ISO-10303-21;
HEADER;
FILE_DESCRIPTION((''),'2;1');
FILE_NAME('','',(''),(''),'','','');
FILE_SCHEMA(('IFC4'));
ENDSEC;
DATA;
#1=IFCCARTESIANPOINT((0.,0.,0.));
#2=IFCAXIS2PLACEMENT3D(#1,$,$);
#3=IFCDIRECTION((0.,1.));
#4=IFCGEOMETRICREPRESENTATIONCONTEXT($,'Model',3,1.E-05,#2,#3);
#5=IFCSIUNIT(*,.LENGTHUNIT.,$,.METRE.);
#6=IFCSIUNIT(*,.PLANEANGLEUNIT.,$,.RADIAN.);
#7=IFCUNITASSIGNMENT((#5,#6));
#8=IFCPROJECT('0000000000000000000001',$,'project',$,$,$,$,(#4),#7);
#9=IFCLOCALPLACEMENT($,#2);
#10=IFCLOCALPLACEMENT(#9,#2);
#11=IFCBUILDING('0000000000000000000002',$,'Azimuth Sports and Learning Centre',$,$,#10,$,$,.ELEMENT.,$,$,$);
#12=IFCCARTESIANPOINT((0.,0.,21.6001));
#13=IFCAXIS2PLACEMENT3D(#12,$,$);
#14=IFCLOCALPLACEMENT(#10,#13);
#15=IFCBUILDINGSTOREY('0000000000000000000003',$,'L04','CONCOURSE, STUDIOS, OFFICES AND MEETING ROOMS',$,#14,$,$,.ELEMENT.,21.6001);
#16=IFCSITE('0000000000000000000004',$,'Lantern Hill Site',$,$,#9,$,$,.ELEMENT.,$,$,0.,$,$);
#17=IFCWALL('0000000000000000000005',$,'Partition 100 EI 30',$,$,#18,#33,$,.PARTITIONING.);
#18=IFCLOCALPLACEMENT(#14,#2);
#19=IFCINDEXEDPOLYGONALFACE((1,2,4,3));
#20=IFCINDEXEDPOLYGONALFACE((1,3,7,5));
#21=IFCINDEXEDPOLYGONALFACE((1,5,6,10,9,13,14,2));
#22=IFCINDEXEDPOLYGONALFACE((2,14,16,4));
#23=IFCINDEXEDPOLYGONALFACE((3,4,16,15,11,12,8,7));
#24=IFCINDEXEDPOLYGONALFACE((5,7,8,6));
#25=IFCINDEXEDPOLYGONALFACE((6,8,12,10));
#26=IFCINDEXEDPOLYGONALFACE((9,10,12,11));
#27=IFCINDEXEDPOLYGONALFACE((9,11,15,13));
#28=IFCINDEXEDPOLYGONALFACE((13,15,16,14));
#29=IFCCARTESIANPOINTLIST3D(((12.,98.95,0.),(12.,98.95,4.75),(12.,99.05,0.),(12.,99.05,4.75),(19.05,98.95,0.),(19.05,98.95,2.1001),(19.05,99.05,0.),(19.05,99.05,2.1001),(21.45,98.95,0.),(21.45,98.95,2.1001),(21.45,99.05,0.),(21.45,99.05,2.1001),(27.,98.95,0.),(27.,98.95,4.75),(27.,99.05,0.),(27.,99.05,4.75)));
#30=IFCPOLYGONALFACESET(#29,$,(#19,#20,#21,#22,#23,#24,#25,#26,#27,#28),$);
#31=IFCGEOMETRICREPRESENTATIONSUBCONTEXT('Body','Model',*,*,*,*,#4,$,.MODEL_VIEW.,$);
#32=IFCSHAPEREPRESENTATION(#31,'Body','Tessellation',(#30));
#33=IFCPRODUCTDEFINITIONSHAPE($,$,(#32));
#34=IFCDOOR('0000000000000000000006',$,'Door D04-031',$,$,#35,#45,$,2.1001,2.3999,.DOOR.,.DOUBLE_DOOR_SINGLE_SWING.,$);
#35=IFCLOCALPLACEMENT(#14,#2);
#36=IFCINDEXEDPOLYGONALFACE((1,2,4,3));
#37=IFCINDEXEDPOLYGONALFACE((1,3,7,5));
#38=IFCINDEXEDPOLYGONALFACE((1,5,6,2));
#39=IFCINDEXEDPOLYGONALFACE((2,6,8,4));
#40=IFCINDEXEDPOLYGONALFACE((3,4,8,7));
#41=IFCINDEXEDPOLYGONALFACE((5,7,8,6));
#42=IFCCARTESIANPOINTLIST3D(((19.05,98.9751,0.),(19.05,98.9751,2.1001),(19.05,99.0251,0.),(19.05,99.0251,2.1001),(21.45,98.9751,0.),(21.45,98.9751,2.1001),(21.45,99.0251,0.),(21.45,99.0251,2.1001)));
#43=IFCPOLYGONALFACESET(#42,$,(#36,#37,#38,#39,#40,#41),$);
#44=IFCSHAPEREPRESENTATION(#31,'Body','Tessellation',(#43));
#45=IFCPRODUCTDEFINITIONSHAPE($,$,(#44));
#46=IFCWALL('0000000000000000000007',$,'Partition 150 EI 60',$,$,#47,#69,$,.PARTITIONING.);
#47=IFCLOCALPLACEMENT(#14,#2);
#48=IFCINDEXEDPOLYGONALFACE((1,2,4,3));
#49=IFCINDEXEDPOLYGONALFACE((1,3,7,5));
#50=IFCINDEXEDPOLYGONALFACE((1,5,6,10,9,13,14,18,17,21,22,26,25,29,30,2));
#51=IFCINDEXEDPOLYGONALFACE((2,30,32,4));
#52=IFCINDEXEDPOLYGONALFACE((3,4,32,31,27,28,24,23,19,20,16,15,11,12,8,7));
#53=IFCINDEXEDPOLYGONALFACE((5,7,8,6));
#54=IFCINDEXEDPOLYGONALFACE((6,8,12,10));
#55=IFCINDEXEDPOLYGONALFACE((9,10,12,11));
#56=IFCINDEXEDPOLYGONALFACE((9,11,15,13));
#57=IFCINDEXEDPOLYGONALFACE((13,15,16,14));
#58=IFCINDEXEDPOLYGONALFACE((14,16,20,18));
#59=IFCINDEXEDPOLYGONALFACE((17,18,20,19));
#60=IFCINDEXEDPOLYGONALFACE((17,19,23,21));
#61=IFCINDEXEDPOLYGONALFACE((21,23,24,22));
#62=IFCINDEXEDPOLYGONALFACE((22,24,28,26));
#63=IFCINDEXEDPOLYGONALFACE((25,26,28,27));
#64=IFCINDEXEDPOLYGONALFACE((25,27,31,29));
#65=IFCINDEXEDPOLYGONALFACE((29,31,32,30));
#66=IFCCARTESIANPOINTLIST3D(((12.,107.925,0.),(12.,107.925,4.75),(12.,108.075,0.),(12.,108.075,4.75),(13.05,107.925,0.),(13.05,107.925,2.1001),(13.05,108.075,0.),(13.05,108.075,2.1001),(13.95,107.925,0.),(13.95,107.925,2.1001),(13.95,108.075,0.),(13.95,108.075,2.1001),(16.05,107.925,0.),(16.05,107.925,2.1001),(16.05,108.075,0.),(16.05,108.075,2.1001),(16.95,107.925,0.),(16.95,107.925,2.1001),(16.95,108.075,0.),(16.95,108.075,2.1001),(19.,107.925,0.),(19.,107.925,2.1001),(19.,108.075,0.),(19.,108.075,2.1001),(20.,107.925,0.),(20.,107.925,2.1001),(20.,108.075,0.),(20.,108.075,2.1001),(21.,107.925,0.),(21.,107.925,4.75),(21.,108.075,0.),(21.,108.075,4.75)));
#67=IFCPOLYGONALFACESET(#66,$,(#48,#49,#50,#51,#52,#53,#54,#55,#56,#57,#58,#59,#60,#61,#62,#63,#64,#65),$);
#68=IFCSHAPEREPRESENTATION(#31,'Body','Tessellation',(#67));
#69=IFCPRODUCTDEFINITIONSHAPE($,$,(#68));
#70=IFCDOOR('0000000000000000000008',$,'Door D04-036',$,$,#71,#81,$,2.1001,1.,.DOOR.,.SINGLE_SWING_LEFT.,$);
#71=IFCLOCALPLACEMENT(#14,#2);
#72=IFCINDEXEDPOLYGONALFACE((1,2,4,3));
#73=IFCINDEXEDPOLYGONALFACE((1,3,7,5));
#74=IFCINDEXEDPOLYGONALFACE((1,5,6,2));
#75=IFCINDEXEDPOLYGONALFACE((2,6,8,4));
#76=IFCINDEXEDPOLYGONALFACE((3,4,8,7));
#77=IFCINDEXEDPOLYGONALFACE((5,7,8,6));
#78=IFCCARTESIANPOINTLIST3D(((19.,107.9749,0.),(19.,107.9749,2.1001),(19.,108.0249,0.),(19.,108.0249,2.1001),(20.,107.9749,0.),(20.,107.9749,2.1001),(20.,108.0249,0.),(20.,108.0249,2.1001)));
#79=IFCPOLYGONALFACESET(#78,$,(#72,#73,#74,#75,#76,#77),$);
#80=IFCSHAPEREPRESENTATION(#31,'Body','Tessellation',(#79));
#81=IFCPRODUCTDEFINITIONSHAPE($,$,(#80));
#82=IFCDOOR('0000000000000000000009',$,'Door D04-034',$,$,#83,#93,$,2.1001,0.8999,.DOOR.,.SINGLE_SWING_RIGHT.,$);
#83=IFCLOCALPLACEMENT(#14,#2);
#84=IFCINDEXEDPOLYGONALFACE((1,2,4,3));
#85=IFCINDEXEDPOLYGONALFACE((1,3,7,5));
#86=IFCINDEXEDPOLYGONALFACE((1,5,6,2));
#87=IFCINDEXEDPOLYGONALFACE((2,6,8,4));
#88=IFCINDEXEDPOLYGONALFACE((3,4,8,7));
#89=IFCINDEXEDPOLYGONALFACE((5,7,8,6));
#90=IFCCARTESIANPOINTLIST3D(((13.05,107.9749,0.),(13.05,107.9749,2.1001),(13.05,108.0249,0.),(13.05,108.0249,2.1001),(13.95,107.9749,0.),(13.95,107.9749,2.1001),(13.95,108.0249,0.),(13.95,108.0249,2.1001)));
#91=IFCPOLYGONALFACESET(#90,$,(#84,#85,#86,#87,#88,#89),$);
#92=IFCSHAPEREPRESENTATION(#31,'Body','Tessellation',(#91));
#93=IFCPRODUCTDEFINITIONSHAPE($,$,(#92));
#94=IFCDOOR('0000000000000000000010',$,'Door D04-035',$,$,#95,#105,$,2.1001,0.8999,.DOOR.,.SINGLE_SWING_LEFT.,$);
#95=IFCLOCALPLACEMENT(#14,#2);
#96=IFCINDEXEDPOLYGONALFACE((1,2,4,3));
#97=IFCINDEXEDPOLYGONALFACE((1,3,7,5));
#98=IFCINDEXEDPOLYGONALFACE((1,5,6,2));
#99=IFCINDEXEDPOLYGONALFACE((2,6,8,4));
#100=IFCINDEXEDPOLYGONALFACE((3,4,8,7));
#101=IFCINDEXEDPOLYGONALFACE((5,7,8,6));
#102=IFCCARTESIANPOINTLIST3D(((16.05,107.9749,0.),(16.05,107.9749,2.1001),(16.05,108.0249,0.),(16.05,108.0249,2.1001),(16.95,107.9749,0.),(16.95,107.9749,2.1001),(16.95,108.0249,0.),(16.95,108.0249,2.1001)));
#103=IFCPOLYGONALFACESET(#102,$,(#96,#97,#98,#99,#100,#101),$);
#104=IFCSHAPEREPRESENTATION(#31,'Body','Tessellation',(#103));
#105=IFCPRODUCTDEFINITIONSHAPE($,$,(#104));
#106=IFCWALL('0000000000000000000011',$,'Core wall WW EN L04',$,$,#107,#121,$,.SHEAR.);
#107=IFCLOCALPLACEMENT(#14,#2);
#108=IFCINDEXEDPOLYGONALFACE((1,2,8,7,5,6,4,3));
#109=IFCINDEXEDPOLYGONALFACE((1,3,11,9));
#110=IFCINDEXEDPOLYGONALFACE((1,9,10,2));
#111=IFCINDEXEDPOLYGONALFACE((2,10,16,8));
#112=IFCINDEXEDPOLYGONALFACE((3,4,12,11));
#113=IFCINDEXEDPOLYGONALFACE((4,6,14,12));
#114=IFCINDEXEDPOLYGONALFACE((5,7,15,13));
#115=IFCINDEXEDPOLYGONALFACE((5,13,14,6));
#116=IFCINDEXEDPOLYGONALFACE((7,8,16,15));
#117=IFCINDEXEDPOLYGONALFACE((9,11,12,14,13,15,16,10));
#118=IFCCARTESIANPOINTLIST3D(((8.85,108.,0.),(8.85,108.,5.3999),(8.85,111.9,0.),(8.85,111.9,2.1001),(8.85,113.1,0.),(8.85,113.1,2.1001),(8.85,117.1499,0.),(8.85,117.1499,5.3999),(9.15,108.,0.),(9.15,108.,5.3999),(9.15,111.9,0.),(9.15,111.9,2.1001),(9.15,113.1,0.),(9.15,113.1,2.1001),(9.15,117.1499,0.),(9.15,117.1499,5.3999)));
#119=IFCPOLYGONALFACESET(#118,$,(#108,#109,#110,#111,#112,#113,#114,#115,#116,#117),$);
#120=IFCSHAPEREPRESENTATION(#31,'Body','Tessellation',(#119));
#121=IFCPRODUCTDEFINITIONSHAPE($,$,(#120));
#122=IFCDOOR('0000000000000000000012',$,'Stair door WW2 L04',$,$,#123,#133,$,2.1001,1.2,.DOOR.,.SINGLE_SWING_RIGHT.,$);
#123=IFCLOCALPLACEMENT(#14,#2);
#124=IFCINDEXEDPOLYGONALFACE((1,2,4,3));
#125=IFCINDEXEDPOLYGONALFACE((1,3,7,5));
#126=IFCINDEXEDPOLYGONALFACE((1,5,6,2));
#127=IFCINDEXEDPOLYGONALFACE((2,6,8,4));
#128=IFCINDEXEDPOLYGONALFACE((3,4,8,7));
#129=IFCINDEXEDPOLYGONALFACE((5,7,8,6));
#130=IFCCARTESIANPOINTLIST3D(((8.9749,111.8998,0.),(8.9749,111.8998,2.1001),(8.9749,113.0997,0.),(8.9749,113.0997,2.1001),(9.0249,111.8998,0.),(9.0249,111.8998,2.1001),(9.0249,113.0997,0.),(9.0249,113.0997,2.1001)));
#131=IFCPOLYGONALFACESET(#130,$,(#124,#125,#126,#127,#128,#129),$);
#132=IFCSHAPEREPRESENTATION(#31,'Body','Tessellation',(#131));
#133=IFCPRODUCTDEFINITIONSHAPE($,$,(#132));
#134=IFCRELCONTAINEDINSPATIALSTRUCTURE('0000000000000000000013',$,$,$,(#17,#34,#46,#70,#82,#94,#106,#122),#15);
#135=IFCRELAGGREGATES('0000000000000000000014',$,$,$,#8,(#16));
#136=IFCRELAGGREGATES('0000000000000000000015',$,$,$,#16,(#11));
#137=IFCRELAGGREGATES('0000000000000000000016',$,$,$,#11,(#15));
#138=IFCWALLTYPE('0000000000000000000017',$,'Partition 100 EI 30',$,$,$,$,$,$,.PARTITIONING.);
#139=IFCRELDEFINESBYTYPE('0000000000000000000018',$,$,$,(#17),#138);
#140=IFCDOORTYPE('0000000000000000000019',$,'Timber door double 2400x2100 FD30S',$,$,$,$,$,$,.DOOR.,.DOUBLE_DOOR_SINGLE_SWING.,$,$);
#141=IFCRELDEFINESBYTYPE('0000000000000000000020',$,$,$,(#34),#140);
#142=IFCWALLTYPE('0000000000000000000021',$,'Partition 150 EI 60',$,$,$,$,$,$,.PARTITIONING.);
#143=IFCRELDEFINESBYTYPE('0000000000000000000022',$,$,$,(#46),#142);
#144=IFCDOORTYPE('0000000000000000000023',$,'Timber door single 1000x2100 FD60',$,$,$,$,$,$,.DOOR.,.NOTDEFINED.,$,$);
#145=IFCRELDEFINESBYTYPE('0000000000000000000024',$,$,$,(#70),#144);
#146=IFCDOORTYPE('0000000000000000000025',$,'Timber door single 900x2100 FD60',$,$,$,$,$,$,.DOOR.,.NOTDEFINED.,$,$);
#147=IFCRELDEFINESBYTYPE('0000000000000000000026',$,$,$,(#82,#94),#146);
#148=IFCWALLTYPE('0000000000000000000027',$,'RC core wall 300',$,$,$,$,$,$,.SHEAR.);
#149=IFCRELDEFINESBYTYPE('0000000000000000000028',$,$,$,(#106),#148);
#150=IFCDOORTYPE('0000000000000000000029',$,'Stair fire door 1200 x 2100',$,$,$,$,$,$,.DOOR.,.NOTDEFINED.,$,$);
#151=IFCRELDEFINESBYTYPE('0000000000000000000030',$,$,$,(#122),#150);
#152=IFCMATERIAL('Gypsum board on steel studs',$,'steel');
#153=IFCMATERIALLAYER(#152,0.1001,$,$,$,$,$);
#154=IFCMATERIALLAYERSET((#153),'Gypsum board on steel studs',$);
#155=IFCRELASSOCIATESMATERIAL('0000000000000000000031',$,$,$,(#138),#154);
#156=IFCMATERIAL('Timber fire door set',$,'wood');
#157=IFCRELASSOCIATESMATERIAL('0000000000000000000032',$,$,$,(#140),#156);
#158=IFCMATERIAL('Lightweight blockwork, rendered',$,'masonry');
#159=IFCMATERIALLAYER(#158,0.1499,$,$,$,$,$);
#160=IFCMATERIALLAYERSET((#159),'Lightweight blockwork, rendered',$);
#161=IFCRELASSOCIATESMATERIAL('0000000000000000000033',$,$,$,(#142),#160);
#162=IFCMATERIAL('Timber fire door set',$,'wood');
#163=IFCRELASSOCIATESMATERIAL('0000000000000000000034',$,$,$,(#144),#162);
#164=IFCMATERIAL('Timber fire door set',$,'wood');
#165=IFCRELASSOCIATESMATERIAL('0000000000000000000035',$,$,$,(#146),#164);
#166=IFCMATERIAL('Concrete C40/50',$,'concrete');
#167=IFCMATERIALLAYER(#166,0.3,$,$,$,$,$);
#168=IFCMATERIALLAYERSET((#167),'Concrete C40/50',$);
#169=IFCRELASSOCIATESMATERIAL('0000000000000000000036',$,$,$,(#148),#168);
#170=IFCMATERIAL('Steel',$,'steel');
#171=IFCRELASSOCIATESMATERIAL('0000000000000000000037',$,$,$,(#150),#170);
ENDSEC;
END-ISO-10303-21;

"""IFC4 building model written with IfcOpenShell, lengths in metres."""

from ifc_helpers import new_model, si_unit, direction, frame, frame_2d, origin, place, context, subcontext, project, spatial, rectangle, extrude, material, layer, layer_set, type_object, element, fill, save


model = new_model("IFC4")

# Units and contexts
model_context = context("Model", 3, precision=1e-05, world=origin(), true_north=direction((0.0, 1.0)))
body_context = subcontext(model_context, "Body", "Model", "MODEL_VIEW")
ifc_project = project(units=[si_unit("LENGTHUNIT", "METRE"), si_unit("PLANEANGLEUNIT", "RADIAN")], contexts=[model_context])

# Site, building, storey
site_placement = place(None, origin())
site = spatial("IfcSite", under=ifc_project, at=site_placement, Name="Lantern Hill Site", CompositionType="ELEMENT", RefElevation=0.0)
building_placement = place(site_placement, origin())
building = spatial("IfcBuilding", under=site, at=building_placement, Name="Azimuth Sports and Learning Centre", CompositionType="ELEMENT")
storey_placement = place(building_placement, frame((0.0, 0.0, 21.6001)))
storey = spatial("IfcBuildingStorey", under=building, at=storey_placement, Name="L04", Description="CONCOURSE, STUDIOS, OFFICES AND MEETING ROOMS", CompositionType="ELEMENT", Elevation=21.6001)

# Wall, opening, door
ifc_material_1 = material(Name="Gypsum board on steel studs", Category="steel")
ifc_layer_1 = layer(ifc_material_1, 0.1001)
ifc_layer_set_1 = layer_set([ifc_layer_1], Name="Gypsum board on steel studs")
wall_type_1 = type_object("IfcWallType", Name="Partition 100 EI 30", PredefinedType="PARTITIONING", material=ifc_layer_set_1)
wall_1_placement = place(storey_placement, frame((12.0, 99.0, 0.0), z_axis=(0.0, 0.0, 1.0), x_axis=(1.0, 0.0, 0.0)))
wall_1 = element("IfcWall", 1, at=wall_1_placement, inside=storey, type_object=wall_type_1, Name="Partition 100 EI 30", PredefinedType="PARTITIONING", context=body_context, shape_type="SweptSolid", body=[
    extrude(rectangle(XDim=15.0, YDim=0.1001, at=frame_2d((7.5, 0.0))), origin(), (0.0, 0.0, 1.0), 4.75),
])
opening_1_placement = place(wall_1_placement, frame((7.05, 0.0, 0.0)))
opening_1 = element("IfcOpeningElement", 2, at=opening_1_placement, cuts=wall_1, PredefinedType="OPENING", context=body_context, shape_type="SweptSolid", body=[
    extrude(rectangle(XDim=2.3999, YDim=2.1001, at=frame_2d((1.2, 1.05))), frame((0.0, 0.061, 0.0), z_axis=(0.0, -1.0, 0.0), x_axis=(1.0, 0.0, 0.0)), (0.0, 0.0, 1.0), 0.1221),
])
ifc_material_2 = material(Name="Timber fire door set", Category="wood")
door_type_1 = type_object("IfcDoorType", Name="Timber door double 2400x2100 FD30S", OperationType="DOUBLE_DOOR_SINGLE_SWING", PredefinedType="DOOR", material=ifc_material_2)
door_1_placement = place(opening_1_placement, frame((2.3999, 0.0, 0.0), z_axis=(0.0, 0.0, 1.0), x_axis=(-1.0, 0.0, 0.0)))
door_1 = element("IfcDoor", 3, at=door_1_placement, inside=storey, type_object=door_type_1, Name="Door D04-031", OperationType="DOUBLE_DOOR_SINGLE_SWING", OverallHeight=2.1001, OverallWidth=2.3999, PredefinedType="DOOR", context=body_context, shape_type="SweptSolid", body=[
    extrude(rectangle(XDim=2.3999, YDim=2.1001, at=frame_2d((1.2, 1.05))), frame((0.0, 0.0249, 0.0), z_axis=(0.0, -1.0, 0.0), x_axis=(1.0, 0.0, 0.0)), (0.0, 0.0, 1.0), 0.05),
])
fill(opening_1, door_1)

# Wall, openings, doors
ifc_material_3 = material(Name="Lightweight blockwork, rendered", Category="masonry")
ifc_layer_2 = layer(ifc_material_3, 0.1499)
ifc_layer_set_2 = layer_set([ifc_layer_2], Name="Lightweight blockwork, rendered")
wall_type_2 = type_object("IfcWallType", Name="Partition 150 EI 60", PredefinedType="PARTITIONING", material=ifc_layer_set_2)
wall_2_placement = place(storey_placement, frame((12.0, 108.0, 0.0), z_axis=(0.0, 0.0, 1.0), x_axis=(1.0, 0.0, 0.0)))
wall_2 = element("IfcWall", 4, at=wall_2_placement, inside=storey, type_object=wall_type_2, Name="Partition 150 EI 60", PredefinedType="PARTITIONING", context=body_context, shape_type="SweptSolid", body=[
    extrude(rectangle(XDim=9.0, YDim=0.1499, at=frame_2d((4.5, 0.0))), origin(), (0.0, 0.0, 1.0), 4.75),
])
opening_2_placement = place(wall_2_placement, frame((1.05, 0.0, 0.0)))
opening_2 = element("IfcOpeningElement", 5, at=opening_2_placement, cuts=wall_2, PredefinedType="OPENING", context=body_context, shape_type="SweptSolid", body=[
    extrude(rectangle(XDim=0.8999, YDim=2.1001, at=frame_2d((0.45, 1.05))), frame((0.0, 0.0859, 0.0), z_axis=(0.0, -1.0, 0.0), x_axis=(1.0, 0.0, 0.0)), (0.0, 0.0, 1.0), 0.1719),
])
opening_3_placement = place(wall_2_placement, frame((4.05, 0.0, 0.0)))
opening_3 = element("IfcOpeningElement", 6, at=opening_3_placement, cuts=wall_2, PredefinedType="OPENING", context=body_context, shape_type="SweptSolid", body=[
    extrude(rectangle(XDim=0.8999, YDim=2.1001, at=frame_2d((0.45, 1.05))), frame((0.0, 0.0859, 0.0), z_axis=(0.0, -1.0, 0.0), x_axis=(1.0, 0.0, 0.0)), (0.0, 0.0, 1.0), 0.1719),
])
opening_4_placement = place(wall_2_placement, frame((7.0, 0.0, 0.0)))
opening_4 = element("IfcOpeningElement", 7, at=opening_4_placement, cuts=wall_2, PredefinedType="OPENING", context=body_context, shape_type="SweptSolid", body=[
    extrude(rectangle(XDim=1.0, YDim=2.1001, at=frame_2d((0.5, 1.05))), frame((0.0, 0.0859, 0.0), z_axis=(0.0, -1.0, 0.0), x_axis=(1.0, 0.0, 0.0)), (0.0, 0.0, 1.0), 0.1719),
])
ifc_material_4 = material(Name="Timber fire door set", Category="wood")
door_type_2 = type_object("IfcDoorType", Name="Timber door single 1000x2100 FD60", OperationType="NOTDEFINED", PredefinedType="DOOR", material=ifc_material_4)
door_2_placement = place(opening_4_placement, origin())
door_2 = element("IfcDoor", 8, at=door_2_placement, inside=storey, type_object=door_type_2, Name="Door D04-036", OperationType="SINGLE_SWING_LEFT", OverallHeight=2.1001, OverallWidth=1.0, PredefinedType="DOOR", context=body_context, shape_type="SweptSolid", body=[
    extrude(rectangle(XDim=1.0, YDim=2.1001, at=frame_2d((0.5, 1.05))), frame((0.0, 0.0249, 0.0), z_axis=(0.0, -1.0, 0.0), x_axis=(1.0, 0.0, 0.0)), (0.0, 0.0, 1.0), 0.05),
])
fill(opening_4, door_2)
ifc_material_5 = material(Name="Timber fire door set", Category="wood")
door_type_3 = type_object("IfcDoorType", Name="Timber door single 900x2100 FD60", OperationType="NOTDEFINED", PredefinedType="DOOR", material=ifc_material_5)
door_3_placement = place(opening_2_placement, origin())
door_3 = element("IfcDoor", 9, at=door_3_placement, inside=storey, type_object=door_type_3, Name="Door D04-034", OperationType="SINGLE_SWING_RIGHT", OverallHeight=2.1001, OverallWidth=0.8999, PredefinedType="DOOR", context=body_context, shape_type="SweptSolid", body=[
    extrude(rectangle(XDim=0.8999, YDim=2.1001, at=frame_2d((0.45, 1.05))), frame((0.0, 0.0249, 0.0), z_axis=(0.0, -1.0, 0.0), x_axis=(1.0, 0.0, 0.0)), (0.0, 0.0, 1.0), 0.05),
])
fill(opening_2, door_3)
door_4_placement = place(opening_3_placement, origin())
door_4 = element("IfcDoor", 10, at=door_4_placement, inside=storey, type_object=door_type_3, Name="Door D04-035", OperationType="SINGLE_SWING_LEFT", OverallHeight=2.1001, OverallWidth=0.8999, PredefinedType="DOOR", context=body_context, shape_type="SweptSolid", body=[
    extrude(rectangle(XDim=0.8999, YDim=2.1001, at=frame_2d((0.45, 1.05))), frame((0.0, 0.0249, 0.0), z_axis=(0.0, -1.0, 0.0), x_axis=(1.0, 0.0, 0.0)), (0.0, 0.0, 1.0), 0.05),
])
fill(opening_3, door_4)

# Wall, opening, door
ifc_material_6 = material(Name="Concrete C40/50", Category="concrete")
ifc_layer_3 = layer(ifc_material_6, 0.3)
ifc_layer_set_3 = layer_set([ifc_layer_3], Name="Concrete C40/50")
wall_type_3 = type_object("IfcWallType", Name="RC core wall 300", PredefinedType="SHEAR", material=ifc_layer_set_3)
wall_3_placement = place(storey_placement, frame((9.0, 108.0, 0.0), z_axis=(0.0, 0.0, 1.0), x_axis=(0.0, 1.0, 0.0)))
wall_3 = element("IfcWall", 11, at=wall_3_placement, inside=storey, type_object=wall_type_3, Name="Core wall WW EN L04", PredefinedType="SHEAR", context=body_context, shape_type="SweptSolid", body=[
    extrude(rectangle(XDim=9.1499, YDim=0.3, at=frame_2d((4.575, 0.0))), origin(), (0.0, 0.0, 1.0), 5.3999),
])
opening_5_placement = place(wall_3_placement, frame((3.8999, 0.0, 0.0)))
opening_5 = element("IfcOpeningElement", 12, at=opening_5_placement, cuts=wall_3, PredefinedType="OPENING", context=body_context, shape_type="SweptSolid", body=[
    extrude(rectangle(XDim=1.2, YDim=2.1001, at=frame_2d((0.6001, 1.05))), frame((0.0, 0.1611, 0.0), z_axis=(0.0, -1.0, 0.0), x_axis=(1.0, 0.0, 0.0)), (0.0, 0.0, 1.0), 0.322),
])
ifc_material_7 = material(Name="Steel", Category="steel")
door_type_4 = type_object("IfcDoorType", Name="Stair fire door 1200 x 2100", OperationType="NOTDEFINED", PredefinedType="DOOR", material=ifc_material_7)
door_5_placement = place(opening_5_placement, frame((1.2, 0.0, 0.0), z_axis=(0.0, 0.0, 1.0), x_axis=(-1.0, 0.0, 0.0)))
door_5 = element("IfcDoor", 13, at=door_5_placement, inside=storey, type_object=door_type_4, Name="Stair door WW2 L04", OperationType="SINGLE_SWING_RIGHT", OverallHeight=2.1001, OverallWidth=1.2, PredefinedType="DOOR", context=body_context, shape_type="SweptSolid", body=[
    extrude(rectangle(XDim=1.2, YDim=2.1001, at=frame_2d((0.6001, 1.05))), frame((0.0, 0.0249, 0.0), z_axis=(0.0, -1.0, 0.0), x_axis=(1.0, 0.0, 0.0)), (0.0, 0.0, 1.0), 0.05),
])
fill(opening_5, door_5)

save(model, "model.ifc")
